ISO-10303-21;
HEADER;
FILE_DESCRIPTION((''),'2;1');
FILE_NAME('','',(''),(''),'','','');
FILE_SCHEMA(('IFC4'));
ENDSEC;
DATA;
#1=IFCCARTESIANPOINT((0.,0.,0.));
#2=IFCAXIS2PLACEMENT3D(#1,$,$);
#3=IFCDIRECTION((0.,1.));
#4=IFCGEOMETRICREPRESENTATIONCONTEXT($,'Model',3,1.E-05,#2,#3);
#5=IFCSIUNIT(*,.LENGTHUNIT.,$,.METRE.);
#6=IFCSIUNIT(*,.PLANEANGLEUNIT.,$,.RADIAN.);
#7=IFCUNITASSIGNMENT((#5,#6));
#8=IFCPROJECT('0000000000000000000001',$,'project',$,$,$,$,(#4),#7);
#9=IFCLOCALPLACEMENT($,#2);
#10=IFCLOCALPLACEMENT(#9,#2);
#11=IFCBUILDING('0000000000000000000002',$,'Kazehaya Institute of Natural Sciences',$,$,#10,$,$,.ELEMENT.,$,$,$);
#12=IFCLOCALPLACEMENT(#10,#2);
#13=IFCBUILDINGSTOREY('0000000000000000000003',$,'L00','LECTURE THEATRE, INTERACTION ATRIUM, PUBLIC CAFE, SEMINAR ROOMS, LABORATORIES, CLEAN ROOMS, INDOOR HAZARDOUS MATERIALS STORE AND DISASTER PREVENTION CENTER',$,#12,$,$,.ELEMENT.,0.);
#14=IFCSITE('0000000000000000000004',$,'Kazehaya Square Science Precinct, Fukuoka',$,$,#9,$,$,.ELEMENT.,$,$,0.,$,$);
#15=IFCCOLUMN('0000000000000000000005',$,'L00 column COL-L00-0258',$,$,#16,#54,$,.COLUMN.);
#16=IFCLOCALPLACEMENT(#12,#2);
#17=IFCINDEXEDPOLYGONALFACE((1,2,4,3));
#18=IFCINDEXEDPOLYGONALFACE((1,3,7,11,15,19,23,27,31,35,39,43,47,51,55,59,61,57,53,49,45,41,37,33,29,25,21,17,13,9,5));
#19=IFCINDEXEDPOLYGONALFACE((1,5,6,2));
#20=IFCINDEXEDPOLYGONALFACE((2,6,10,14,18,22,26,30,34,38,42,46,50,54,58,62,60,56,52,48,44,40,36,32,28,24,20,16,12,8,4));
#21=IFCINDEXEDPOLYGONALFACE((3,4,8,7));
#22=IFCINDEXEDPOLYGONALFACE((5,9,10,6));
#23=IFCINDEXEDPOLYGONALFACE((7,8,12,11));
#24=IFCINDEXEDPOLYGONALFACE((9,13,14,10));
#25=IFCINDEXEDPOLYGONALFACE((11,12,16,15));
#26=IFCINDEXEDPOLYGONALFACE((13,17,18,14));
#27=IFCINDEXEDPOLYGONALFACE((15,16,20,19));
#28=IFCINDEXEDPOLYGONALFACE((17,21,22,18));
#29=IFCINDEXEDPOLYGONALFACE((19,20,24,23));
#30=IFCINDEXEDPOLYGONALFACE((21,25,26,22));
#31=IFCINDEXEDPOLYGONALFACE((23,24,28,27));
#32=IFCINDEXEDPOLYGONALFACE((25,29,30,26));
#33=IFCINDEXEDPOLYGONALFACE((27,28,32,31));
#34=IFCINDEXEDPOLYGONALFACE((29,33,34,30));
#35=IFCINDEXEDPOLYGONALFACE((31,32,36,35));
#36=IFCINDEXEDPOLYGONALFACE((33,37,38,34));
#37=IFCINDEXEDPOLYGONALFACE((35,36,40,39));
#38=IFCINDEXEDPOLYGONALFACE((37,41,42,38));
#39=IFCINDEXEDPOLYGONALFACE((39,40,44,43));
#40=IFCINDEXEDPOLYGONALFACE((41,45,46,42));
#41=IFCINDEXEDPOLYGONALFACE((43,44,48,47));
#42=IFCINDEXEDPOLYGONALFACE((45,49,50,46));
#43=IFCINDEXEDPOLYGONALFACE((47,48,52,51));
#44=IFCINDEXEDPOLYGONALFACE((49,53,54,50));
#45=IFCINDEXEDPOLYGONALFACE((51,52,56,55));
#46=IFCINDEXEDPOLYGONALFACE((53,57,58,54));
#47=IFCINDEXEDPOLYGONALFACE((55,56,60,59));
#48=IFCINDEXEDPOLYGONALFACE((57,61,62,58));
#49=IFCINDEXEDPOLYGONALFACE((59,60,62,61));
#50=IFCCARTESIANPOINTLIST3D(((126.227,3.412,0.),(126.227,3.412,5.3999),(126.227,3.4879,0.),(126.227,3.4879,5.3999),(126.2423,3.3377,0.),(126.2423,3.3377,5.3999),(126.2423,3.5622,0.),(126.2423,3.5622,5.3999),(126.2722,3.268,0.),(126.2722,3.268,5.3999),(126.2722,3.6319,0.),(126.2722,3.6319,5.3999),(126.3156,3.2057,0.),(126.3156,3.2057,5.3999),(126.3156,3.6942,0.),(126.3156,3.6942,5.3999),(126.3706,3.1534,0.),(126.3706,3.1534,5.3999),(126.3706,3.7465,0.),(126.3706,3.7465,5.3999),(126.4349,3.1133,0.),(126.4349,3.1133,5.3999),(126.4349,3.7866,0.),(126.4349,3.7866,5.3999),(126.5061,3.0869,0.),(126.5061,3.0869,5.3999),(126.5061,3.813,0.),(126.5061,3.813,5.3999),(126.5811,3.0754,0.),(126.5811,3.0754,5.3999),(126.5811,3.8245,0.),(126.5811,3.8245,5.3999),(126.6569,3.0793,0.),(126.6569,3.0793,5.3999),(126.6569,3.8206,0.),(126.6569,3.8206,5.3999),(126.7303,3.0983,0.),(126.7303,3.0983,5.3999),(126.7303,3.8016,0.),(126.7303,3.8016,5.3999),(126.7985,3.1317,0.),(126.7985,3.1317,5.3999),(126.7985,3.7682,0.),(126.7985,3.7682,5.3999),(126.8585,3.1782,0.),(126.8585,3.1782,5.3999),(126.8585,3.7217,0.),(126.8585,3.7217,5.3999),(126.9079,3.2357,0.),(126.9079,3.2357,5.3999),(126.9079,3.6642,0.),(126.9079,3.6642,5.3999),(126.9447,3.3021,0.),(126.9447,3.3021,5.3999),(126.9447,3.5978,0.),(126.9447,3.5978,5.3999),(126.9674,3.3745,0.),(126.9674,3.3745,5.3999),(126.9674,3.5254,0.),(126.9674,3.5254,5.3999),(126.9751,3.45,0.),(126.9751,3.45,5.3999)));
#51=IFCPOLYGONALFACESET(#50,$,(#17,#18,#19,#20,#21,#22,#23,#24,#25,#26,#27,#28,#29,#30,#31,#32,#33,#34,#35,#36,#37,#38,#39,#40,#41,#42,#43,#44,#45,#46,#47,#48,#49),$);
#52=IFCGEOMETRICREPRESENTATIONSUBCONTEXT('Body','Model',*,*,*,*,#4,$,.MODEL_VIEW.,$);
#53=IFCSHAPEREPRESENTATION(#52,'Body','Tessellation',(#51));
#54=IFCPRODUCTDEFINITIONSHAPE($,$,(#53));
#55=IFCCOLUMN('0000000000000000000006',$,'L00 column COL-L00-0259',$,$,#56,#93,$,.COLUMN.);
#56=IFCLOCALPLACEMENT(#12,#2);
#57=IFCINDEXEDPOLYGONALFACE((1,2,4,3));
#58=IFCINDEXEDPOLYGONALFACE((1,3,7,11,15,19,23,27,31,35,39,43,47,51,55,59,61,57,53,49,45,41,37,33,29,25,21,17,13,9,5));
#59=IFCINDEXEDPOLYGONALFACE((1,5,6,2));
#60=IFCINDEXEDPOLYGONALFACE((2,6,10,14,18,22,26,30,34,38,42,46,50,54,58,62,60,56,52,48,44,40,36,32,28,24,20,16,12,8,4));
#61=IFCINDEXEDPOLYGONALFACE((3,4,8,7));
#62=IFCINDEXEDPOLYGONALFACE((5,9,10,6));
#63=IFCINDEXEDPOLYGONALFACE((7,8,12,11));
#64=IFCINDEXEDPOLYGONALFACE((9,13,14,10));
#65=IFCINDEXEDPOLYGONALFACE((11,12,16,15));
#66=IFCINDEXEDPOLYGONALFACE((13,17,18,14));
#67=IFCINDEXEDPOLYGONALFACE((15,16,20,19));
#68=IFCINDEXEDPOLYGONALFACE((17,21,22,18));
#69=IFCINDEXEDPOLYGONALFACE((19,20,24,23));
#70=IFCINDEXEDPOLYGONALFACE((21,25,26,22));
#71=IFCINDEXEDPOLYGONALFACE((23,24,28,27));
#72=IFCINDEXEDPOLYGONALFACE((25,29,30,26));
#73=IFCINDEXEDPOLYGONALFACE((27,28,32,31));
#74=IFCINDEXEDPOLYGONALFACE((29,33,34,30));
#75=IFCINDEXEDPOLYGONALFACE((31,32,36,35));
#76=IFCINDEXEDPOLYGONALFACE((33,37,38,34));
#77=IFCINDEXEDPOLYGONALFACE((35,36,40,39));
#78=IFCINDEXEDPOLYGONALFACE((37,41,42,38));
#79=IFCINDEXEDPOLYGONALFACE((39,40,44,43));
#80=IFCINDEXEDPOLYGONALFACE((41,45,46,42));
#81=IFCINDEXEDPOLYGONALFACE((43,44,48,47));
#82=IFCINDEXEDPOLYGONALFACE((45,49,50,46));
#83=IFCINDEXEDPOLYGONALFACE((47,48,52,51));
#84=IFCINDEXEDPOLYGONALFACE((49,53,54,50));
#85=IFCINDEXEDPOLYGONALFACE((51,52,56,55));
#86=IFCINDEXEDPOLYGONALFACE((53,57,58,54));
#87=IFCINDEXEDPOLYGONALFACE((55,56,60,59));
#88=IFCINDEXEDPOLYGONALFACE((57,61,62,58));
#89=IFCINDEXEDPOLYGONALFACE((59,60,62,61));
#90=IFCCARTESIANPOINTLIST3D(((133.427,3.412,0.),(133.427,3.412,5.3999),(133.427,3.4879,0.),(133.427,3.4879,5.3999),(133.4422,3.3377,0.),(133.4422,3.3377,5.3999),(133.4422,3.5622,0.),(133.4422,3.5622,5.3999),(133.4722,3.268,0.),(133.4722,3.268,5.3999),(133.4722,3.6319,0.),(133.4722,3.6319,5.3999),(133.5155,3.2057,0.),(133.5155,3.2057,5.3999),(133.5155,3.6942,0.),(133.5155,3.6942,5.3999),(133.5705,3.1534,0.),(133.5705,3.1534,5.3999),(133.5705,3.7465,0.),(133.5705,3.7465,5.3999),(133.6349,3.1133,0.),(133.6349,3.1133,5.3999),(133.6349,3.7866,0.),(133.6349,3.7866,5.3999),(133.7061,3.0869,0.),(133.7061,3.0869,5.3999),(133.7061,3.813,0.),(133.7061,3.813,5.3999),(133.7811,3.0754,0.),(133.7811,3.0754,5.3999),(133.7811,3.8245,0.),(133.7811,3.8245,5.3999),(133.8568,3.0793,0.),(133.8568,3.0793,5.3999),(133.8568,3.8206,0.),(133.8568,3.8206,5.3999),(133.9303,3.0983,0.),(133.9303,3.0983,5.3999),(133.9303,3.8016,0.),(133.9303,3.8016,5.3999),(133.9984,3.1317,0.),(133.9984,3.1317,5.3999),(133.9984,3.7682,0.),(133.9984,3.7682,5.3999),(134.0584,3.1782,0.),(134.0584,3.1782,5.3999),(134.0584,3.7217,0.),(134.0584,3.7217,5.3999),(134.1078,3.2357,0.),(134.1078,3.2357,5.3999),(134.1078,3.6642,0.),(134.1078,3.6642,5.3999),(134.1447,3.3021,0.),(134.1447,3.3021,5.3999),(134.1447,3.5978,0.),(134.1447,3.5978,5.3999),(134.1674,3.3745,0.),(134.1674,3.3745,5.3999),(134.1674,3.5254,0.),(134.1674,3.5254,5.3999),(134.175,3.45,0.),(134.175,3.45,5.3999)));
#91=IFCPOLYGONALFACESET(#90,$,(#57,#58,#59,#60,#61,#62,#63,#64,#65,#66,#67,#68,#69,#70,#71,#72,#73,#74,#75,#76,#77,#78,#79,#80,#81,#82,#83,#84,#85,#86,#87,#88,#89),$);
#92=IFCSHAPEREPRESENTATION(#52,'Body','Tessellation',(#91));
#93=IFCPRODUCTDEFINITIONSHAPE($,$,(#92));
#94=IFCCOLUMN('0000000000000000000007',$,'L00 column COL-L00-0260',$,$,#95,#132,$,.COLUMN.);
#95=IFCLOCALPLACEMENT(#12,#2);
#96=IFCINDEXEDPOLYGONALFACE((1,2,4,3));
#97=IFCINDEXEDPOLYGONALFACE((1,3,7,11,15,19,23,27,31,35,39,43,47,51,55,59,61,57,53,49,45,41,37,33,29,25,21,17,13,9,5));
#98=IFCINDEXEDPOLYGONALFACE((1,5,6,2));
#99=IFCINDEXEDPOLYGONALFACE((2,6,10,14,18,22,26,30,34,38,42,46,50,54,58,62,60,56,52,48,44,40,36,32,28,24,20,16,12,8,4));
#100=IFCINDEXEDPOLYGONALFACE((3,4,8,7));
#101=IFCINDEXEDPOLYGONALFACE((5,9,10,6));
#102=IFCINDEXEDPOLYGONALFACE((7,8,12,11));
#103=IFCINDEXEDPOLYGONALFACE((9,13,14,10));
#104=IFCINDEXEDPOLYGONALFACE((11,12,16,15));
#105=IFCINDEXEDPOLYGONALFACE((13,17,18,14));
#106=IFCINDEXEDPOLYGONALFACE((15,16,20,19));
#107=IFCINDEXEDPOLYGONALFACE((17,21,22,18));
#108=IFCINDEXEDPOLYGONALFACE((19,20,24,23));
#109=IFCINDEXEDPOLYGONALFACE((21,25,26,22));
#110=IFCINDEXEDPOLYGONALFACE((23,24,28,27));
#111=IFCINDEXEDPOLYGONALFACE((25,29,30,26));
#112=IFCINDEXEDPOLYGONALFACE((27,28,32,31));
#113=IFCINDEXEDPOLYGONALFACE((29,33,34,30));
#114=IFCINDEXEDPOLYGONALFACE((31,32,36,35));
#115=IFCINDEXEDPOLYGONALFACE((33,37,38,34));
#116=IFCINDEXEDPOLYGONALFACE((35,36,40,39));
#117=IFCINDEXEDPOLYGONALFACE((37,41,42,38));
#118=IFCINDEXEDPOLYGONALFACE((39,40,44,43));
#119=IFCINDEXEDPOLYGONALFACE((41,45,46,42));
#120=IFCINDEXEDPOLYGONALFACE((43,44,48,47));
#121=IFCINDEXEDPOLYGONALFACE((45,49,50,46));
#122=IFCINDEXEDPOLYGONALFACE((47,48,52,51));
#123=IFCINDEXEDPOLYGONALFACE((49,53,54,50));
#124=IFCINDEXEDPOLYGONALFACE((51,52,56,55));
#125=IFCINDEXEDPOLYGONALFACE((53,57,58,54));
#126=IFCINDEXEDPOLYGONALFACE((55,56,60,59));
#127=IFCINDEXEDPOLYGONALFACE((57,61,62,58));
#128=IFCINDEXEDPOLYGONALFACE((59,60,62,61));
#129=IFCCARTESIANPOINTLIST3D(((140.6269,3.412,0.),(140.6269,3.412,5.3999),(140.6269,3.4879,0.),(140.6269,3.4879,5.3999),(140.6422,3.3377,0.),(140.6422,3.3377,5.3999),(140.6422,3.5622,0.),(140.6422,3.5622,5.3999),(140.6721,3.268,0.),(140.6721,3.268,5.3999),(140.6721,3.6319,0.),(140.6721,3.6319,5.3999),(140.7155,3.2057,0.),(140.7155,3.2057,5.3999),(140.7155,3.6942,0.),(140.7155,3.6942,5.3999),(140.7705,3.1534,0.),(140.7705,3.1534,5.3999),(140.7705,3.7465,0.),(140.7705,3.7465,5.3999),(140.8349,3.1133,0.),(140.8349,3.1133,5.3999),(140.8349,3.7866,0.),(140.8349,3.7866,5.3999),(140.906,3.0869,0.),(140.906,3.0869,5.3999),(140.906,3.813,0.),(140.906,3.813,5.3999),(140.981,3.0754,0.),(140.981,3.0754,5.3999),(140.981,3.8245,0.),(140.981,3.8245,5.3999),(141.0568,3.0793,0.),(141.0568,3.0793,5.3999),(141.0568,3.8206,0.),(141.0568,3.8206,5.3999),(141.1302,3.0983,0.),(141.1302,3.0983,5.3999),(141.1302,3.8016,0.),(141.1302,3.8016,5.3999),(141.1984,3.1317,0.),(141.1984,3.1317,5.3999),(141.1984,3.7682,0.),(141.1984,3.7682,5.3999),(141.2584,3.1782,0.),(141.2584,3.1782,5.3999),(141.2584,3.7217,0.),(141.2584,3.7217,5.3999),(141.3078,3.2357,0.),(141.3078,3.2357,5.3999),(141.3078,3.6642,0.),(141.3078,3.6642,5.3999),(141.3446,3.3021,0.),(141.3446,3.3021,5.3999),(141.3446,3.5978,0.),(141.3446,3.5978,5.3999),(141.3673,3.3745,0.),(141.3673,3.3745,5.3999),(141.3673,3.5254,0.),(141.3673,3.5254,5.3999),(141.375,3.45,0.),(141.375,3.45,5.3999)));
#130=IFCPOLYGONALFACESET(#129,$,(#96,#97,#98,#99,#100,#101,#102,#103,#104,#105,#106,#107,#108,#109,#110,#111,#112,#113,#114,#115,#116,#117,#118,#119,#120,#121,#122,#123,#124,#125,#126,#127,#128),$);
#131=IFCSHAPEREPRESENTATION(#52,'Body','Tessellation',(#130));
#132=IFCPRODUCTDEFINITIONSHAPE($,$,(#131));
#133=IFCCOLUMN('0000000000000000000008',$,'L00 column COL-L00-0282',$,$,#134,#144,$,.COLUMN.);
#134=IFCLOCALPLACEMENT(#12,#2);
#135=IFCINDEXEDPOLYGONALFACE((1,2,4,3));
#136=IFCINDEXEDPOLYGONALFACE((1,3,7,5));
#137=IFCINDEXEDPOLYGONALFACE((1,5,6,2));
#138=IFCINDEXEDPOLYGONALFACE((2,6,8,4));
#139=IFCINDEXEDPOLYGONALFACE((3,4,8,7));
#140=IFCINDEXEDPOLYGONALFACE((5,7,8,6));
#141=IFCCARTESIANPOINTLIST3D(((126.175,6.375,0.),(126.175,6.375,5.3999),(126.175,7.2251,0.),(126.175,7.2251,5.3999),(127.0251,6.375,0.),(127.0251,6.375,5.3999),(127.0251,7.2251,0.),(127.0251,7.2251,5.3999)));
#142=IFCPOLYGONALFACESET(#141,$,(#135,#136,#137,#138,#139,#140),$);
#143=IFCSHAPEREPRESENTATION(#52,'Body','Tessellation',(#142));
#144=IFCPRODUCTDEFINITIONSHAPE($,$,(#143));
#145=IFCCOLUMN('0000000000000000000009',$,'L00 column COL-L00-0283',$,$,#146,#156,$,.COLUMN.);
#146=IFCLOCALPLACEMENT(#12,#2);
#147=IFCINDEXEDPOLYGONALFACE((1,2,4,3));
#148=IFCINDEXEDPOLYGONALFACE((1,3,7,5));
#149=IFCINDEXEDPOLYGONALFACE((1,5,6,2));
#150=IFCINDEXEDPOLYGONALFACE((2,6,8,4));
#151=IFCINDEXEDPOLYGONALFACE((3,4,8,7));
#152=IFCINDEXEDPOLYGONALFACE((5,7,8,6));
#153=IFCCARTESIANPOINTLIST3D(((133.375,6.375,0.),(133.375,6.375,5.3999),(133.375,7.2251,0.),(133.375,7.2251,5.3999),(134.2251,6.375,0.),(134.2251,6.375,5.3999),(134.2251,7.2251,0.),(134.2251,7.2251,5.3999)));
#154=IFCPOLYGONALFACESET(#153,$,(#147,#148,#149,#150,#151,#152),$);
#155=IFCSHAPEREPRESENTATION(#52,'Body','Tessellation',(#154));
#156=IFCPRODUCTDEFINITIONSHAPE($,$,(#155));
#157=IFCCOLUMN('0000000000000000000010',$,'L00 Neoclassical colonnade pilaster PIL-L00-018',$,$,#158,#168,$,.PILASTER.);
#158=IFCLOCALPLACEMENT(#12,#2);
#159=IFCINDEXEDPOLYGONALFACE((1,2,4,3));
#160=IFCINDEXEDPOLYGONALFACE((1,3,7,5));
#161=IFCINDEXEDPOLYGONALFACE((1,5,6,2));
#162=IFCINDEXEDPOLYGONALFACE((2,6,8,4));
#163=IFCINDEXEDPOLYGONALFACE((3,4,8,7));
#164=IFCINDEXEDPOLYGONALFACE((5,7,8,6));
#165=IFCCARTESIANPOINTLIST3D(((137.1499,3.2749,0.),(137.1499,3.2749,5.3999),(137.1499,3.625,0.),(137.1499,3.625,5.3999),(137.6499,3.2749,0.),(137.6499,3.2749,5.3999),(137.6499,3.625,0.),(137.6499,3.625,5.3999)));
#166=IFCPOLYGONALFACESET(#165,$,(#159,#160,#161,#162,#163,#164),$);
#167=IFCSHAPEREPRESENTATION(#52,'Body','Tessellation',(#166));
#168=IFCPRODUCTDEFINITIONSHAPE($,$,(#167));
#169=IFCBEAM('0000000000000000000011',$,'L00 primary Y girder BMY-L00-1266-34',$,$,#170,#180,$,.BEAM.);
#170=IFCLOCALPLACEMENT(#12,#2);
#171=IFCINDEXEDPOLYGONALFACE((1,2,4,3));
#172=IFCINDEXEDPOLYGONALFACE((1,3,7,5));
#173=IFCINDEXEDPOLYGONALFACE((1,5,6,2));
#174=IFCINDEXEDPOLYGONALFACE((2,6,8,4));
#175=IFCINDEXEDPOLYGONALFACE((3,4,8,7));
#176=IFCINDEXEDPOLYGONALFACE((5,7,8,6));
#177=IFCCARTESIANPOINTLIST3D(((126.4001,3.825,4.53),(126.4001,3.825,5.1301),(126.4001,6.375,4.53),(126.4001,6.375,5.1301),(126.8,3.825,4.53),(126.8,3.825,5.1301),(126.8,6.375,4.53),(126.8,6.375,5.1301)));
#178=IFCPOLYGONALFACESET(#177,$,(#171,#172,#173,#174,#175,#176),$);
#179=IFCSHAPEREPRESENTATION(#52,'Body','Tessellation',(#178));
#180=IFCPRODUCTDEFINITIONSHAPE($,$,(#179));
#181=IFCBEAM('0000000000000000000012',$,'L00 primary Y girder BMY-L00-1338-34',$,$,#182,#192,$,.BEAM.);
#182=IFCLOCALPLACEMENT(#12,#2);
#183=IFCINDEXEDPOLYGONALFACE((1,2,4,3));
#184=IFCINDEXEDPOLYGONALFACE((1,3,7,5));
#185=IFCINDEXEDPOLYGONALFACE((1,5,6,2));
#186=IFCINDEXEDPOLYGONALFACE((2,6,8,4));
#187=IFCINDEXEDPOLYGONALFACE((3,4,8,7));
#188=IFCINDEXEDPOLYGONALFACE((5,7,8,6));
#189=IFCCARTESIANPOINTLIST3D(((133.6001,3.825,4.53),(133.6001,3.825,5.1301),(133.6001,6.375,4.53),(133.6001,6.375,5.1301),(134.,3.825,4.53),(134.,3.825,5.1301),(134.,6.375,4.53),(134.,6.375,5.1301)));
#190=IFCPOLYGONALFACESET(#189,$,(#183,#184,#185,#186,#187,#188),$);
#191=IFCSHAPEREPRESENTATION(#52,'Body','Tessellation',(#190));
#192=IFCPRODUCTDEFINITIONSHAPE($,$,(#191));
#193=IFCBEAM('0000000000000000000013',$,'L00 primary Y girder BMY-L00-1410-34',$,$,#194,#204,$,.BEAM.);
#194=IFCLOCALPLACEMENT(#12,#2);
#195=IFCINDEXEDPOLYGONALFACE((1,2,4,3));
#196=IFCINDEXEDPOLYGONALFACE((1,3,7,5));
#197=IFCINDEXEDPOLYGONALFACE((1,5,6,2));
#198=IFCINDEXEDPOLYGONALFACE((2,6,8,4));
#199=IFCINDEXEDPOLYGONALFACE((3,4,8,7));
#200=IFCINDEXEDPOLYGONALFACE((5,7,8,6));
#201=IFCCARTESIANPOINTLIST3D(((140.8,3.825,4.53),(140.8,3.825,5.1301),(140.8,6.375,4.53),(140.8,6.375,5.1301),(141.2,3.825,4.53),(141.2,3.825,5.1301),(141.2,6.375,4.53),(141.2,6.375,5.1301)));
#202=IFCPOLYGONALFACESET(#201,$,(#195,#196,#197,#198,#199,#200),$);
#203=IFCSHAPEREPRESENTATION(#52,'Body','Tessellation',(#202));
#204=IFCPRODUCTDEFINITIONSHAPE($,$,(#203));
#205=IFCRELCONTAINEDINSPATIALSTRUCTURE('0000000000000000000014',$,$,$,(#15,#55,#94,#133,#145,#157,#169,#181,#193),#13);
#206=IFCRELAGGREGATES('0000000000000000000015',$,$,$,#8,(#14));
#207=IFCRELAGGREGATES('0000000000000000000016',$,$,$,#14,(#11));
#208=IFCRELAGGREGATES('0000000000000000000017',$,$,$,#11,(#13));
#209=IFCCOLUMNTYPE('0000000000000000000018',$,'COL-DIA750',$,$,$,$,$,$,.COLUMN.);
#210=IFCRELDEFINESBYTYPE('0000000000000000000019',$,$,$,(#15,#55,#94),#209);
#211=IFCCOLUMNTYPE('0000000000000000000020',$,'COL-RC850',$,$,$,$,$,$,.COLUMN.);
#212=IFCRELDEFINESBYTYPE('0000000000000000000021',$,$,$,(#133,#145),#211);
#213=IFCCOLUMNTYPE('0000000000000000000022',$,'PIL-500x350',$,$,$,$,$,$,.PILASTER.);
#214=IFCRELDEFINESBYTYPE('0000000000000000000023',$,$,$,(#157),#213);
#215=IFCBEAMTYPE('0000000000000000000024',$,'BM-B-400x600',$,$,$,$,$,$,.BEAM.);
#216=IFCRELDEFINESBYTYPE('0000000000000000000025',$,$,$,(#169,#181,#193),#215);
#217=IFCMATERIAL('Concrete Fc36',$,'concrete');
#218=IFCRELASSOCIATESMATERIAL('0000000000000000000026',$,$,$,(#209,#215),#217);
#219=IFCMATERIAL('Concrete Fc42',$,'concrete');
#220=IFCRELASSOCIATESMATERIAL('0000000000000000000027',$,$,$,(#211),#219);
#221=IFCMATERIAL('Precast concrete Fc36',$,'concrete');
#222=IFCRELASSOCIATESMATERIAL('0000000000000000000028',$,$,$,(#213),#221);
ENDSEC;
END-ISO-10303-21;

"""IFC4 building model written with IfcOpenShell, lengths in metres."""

from ifc_helpers import new_model, si_unit, direction, frame, origin, origin_2d, place, context, subcontext, project, spatial, rectangle, circle, extrude, material, material_profile, profile_set, type_object, element, save


model = new_model("IFC4")

# Units and contexts
model_context = context("Model", 3, precision=1e-05, world=origin(), true_north=direction((0.0, 1.0)))
body_context = subcontext(model_context, "Body", "Model", "MODEL_VIEW")
ifc_project = project(units=[si_unit("LENGTHUNIT", "METRE"), si_unit("PLANEANGLEUNIT", "RADIAN")], contexts=[model_context])

# Site, building, storey
site_placement = place(None, origin())
site = spatial("IfcSite", under=ifc_project, at=site_placement, Name="Kazehaya Square Science Precinct, Fukuoka", CompositionType="ELEMENT", RefElevation=0.0)
building_placement = place(site_placement, origin())
building = spatial("IfcBuilding", under=site, at=building_placement, Name="Kazehaya Institute of Natural Sciences", CompositionType="ELEMENT")
storey_placement = place(building_placement, origin())
storey = spatial("IfcBuildingStorey", under=building, at=storey_placement, Name="L00", Description="LECTURE THEATRE, INTERACTION ATRIUM, PUBLIC CAFE, SEMINAR ROOMS, LABORATORIES, CLEAN ROOMS, INDOOR HAZARDOUS MATERIALS STORE AND DISASTER PREVENTION CENTER", CompositionType="ELEMENT", Elevation=0.0)

# Columns
ifc_material_1 = material(Name="Concrete Fc36", Category="concrete")
ifc_material_profile_1 = material_profile(ifc_material_1, circle(Radius=0.375, at=origin_2d()), Name="RC-DIA750")
ifc_profile_set_1 = profile_set([ifc_material_profile_1], Name="Concrete Fc36")
column_type_1 = type_object("IfcColumnType", Name="COL-DIA750", PredefinedType="COLUMN", material=ifc_profile_set_1)
for number, where, z_axis, x_axis, name in (
    (1, (126.6001, 3.45, 0.0), (0.0, 0.0, 1.0), (1.0, 0.0, 0.0), "L00 column COL-L00-0258"),
    (2, (133.8, 3.45, 0.0), (0.0, 0.0, 1.0), (1.0, 0.0, 0.0), "L00 column COL-L00-0259"),
    (3, (141.0, 3.45, 0.0), (0.0, 0.0, 1.0), (1.0, 0.0, 0.0), "L00 column COL-L00-0260"),
):
    element("IfcColumn", number, at=place(storey_placement, frame(where, z_axis=z_axis, x_axis=x_axis)), inside=storey, type_object=column_type_1, Name=name, PredefinedType="COLUMN", context=body_context, shape_type="SweptSolid", body=[
        extrude(circle(Radius=0.375, at=origin_2d()), origin(), (0.0, 0.0, 1.0), 5.3999),
    ])
ifc_material_2 = material(Name="Concrete Fc42", Category="concrete")
ifc_material_profile_2 = material_profile(ifc_material_2, rectangle(XDim=0.8501, YDim=0.8501, at=origin_2d()), Name="RC-850x850")
ifc_profile_set_2 = profile_set([ifc_material_profile_2], Name="Concrete Fc42")
column_type_2 = type_object("IfcColumnType", Name="COL-RC850", PredefinedType="COLUMN", material=ifc_profile_set_2)
for number, where, z_axis, x_axis, name in (
    (4, (126.6001, 6.8, 0.0), (0.0, 0.0, 1.0), (1.0, 0.0, 0.0), "L00 column COL-L00-0282"),
    (5, (133.8, 6.8, 0.0), (0.0, 0.0, 1.0), (1.0, 0.0, 0.0), "L00 column COL-L00-0283"),
):
    element("IfcColumn", number, at=place(storey_placement, frame(where, z_axis=z_axis, x_axis=x_axis)), inside=storey, type_object=column_type_2, Name=name, PredefinedType="COLUMN", context=body_context, shape_type="SweptSolid", body=[
        extrude(rectangle(XDim=0.8501, YDim=0.8501, at=origin_2d()), origin(), (0.0, 0.0, 1.0), 5.3999),
    ])
ifc_material_3 = material(Name="Precast concrete Fc36", Category="concrete")
ifc_material_profile_3 = material_profile(ifc_material_3, rectangle(XDim=0.5, YDim=0.3501, at=origin_2d()), Name="RC-PIL-500x350")
ifc_profile_set_3 = profile_set([ifc_material_profile_3], Name="Precast concrete Fc36")
column_type_3 = type_object("IfcColumnType", Name="PIL-500x350", PredefinedType="PILASTER", material=ifc_profile_set_3)
column_placement = place(storey_placement, frame((137.3999, 3.45, 0.0), z_axis=(0.0, 0.0, 1.0), x_axis=(1.0, 0.0, 0.0)))
element("IfcColumn", 6, at=column_placement, inside=storey, type_object=column_type_3, Name="L00 Neoclassical colonnade pilaster PIL-L00-018", PredefinedType="PILASTER", context=body_context, shape_type="SweptSolid", body=[
    extrude(rectangle(XDim=0.5, YDim=0.3501, at=origin_2d()), origin(), (0.0, 0.0, 1.0), 5.3999),
])

# Beams
ifc_material_profile_4 = material_profile(ifc_material_1, rectangle(XDim=0.3999, YDim=0.6001, at=origin_2d()), Name="RC-400x600")
ifc_profile_set_4 = profile_set([ifc_material_profile_4], Name="Concrete Fc36")
beam_type_1 = type_object("IfcBeamType", Name="BM-B-400x600", PredefinedType="BEAM", material=ifc_profile_set_4)
for number, where, z_axis, x_axis, name in (
    (7, (126.6001, 3.825, 4.8301), (0.0, 1.0, 0.0), (-1.0, 0.0, 0.0), "L00 primary Y girder BMY-L00-1266-34"),
    (8, (133.8, 3.825, 4.8301), (0.0, 1.0, 0.0), (-1.0, 0.0, 0.0), "L00 primary Y girder BMY-L00-1338-34"),
    (9, (141.0, 3.825, 4.8301), (0.0, 1.0, 0.0), (-1.0, 0.0, 0.0), "L00 primary Y girder BMY-L00-1410-34"),
):
    element("IfcBeam", number, at=place(storey_placement, frame(where, z_axis=z_axis, x_axis=x_axis)), inside=storey, type_object=beam_type_1, Name=name, PredefinedType="BEAM", context=body_context, shape_type="SweptSolid", body=[
        extrude(rectangle(XDim=0.3999, YDim=0.6001, at=origin_2d()), origin(), (0.0, 0.0, 1.0), 2.55),
    ])

save(model, "model.ifc")
